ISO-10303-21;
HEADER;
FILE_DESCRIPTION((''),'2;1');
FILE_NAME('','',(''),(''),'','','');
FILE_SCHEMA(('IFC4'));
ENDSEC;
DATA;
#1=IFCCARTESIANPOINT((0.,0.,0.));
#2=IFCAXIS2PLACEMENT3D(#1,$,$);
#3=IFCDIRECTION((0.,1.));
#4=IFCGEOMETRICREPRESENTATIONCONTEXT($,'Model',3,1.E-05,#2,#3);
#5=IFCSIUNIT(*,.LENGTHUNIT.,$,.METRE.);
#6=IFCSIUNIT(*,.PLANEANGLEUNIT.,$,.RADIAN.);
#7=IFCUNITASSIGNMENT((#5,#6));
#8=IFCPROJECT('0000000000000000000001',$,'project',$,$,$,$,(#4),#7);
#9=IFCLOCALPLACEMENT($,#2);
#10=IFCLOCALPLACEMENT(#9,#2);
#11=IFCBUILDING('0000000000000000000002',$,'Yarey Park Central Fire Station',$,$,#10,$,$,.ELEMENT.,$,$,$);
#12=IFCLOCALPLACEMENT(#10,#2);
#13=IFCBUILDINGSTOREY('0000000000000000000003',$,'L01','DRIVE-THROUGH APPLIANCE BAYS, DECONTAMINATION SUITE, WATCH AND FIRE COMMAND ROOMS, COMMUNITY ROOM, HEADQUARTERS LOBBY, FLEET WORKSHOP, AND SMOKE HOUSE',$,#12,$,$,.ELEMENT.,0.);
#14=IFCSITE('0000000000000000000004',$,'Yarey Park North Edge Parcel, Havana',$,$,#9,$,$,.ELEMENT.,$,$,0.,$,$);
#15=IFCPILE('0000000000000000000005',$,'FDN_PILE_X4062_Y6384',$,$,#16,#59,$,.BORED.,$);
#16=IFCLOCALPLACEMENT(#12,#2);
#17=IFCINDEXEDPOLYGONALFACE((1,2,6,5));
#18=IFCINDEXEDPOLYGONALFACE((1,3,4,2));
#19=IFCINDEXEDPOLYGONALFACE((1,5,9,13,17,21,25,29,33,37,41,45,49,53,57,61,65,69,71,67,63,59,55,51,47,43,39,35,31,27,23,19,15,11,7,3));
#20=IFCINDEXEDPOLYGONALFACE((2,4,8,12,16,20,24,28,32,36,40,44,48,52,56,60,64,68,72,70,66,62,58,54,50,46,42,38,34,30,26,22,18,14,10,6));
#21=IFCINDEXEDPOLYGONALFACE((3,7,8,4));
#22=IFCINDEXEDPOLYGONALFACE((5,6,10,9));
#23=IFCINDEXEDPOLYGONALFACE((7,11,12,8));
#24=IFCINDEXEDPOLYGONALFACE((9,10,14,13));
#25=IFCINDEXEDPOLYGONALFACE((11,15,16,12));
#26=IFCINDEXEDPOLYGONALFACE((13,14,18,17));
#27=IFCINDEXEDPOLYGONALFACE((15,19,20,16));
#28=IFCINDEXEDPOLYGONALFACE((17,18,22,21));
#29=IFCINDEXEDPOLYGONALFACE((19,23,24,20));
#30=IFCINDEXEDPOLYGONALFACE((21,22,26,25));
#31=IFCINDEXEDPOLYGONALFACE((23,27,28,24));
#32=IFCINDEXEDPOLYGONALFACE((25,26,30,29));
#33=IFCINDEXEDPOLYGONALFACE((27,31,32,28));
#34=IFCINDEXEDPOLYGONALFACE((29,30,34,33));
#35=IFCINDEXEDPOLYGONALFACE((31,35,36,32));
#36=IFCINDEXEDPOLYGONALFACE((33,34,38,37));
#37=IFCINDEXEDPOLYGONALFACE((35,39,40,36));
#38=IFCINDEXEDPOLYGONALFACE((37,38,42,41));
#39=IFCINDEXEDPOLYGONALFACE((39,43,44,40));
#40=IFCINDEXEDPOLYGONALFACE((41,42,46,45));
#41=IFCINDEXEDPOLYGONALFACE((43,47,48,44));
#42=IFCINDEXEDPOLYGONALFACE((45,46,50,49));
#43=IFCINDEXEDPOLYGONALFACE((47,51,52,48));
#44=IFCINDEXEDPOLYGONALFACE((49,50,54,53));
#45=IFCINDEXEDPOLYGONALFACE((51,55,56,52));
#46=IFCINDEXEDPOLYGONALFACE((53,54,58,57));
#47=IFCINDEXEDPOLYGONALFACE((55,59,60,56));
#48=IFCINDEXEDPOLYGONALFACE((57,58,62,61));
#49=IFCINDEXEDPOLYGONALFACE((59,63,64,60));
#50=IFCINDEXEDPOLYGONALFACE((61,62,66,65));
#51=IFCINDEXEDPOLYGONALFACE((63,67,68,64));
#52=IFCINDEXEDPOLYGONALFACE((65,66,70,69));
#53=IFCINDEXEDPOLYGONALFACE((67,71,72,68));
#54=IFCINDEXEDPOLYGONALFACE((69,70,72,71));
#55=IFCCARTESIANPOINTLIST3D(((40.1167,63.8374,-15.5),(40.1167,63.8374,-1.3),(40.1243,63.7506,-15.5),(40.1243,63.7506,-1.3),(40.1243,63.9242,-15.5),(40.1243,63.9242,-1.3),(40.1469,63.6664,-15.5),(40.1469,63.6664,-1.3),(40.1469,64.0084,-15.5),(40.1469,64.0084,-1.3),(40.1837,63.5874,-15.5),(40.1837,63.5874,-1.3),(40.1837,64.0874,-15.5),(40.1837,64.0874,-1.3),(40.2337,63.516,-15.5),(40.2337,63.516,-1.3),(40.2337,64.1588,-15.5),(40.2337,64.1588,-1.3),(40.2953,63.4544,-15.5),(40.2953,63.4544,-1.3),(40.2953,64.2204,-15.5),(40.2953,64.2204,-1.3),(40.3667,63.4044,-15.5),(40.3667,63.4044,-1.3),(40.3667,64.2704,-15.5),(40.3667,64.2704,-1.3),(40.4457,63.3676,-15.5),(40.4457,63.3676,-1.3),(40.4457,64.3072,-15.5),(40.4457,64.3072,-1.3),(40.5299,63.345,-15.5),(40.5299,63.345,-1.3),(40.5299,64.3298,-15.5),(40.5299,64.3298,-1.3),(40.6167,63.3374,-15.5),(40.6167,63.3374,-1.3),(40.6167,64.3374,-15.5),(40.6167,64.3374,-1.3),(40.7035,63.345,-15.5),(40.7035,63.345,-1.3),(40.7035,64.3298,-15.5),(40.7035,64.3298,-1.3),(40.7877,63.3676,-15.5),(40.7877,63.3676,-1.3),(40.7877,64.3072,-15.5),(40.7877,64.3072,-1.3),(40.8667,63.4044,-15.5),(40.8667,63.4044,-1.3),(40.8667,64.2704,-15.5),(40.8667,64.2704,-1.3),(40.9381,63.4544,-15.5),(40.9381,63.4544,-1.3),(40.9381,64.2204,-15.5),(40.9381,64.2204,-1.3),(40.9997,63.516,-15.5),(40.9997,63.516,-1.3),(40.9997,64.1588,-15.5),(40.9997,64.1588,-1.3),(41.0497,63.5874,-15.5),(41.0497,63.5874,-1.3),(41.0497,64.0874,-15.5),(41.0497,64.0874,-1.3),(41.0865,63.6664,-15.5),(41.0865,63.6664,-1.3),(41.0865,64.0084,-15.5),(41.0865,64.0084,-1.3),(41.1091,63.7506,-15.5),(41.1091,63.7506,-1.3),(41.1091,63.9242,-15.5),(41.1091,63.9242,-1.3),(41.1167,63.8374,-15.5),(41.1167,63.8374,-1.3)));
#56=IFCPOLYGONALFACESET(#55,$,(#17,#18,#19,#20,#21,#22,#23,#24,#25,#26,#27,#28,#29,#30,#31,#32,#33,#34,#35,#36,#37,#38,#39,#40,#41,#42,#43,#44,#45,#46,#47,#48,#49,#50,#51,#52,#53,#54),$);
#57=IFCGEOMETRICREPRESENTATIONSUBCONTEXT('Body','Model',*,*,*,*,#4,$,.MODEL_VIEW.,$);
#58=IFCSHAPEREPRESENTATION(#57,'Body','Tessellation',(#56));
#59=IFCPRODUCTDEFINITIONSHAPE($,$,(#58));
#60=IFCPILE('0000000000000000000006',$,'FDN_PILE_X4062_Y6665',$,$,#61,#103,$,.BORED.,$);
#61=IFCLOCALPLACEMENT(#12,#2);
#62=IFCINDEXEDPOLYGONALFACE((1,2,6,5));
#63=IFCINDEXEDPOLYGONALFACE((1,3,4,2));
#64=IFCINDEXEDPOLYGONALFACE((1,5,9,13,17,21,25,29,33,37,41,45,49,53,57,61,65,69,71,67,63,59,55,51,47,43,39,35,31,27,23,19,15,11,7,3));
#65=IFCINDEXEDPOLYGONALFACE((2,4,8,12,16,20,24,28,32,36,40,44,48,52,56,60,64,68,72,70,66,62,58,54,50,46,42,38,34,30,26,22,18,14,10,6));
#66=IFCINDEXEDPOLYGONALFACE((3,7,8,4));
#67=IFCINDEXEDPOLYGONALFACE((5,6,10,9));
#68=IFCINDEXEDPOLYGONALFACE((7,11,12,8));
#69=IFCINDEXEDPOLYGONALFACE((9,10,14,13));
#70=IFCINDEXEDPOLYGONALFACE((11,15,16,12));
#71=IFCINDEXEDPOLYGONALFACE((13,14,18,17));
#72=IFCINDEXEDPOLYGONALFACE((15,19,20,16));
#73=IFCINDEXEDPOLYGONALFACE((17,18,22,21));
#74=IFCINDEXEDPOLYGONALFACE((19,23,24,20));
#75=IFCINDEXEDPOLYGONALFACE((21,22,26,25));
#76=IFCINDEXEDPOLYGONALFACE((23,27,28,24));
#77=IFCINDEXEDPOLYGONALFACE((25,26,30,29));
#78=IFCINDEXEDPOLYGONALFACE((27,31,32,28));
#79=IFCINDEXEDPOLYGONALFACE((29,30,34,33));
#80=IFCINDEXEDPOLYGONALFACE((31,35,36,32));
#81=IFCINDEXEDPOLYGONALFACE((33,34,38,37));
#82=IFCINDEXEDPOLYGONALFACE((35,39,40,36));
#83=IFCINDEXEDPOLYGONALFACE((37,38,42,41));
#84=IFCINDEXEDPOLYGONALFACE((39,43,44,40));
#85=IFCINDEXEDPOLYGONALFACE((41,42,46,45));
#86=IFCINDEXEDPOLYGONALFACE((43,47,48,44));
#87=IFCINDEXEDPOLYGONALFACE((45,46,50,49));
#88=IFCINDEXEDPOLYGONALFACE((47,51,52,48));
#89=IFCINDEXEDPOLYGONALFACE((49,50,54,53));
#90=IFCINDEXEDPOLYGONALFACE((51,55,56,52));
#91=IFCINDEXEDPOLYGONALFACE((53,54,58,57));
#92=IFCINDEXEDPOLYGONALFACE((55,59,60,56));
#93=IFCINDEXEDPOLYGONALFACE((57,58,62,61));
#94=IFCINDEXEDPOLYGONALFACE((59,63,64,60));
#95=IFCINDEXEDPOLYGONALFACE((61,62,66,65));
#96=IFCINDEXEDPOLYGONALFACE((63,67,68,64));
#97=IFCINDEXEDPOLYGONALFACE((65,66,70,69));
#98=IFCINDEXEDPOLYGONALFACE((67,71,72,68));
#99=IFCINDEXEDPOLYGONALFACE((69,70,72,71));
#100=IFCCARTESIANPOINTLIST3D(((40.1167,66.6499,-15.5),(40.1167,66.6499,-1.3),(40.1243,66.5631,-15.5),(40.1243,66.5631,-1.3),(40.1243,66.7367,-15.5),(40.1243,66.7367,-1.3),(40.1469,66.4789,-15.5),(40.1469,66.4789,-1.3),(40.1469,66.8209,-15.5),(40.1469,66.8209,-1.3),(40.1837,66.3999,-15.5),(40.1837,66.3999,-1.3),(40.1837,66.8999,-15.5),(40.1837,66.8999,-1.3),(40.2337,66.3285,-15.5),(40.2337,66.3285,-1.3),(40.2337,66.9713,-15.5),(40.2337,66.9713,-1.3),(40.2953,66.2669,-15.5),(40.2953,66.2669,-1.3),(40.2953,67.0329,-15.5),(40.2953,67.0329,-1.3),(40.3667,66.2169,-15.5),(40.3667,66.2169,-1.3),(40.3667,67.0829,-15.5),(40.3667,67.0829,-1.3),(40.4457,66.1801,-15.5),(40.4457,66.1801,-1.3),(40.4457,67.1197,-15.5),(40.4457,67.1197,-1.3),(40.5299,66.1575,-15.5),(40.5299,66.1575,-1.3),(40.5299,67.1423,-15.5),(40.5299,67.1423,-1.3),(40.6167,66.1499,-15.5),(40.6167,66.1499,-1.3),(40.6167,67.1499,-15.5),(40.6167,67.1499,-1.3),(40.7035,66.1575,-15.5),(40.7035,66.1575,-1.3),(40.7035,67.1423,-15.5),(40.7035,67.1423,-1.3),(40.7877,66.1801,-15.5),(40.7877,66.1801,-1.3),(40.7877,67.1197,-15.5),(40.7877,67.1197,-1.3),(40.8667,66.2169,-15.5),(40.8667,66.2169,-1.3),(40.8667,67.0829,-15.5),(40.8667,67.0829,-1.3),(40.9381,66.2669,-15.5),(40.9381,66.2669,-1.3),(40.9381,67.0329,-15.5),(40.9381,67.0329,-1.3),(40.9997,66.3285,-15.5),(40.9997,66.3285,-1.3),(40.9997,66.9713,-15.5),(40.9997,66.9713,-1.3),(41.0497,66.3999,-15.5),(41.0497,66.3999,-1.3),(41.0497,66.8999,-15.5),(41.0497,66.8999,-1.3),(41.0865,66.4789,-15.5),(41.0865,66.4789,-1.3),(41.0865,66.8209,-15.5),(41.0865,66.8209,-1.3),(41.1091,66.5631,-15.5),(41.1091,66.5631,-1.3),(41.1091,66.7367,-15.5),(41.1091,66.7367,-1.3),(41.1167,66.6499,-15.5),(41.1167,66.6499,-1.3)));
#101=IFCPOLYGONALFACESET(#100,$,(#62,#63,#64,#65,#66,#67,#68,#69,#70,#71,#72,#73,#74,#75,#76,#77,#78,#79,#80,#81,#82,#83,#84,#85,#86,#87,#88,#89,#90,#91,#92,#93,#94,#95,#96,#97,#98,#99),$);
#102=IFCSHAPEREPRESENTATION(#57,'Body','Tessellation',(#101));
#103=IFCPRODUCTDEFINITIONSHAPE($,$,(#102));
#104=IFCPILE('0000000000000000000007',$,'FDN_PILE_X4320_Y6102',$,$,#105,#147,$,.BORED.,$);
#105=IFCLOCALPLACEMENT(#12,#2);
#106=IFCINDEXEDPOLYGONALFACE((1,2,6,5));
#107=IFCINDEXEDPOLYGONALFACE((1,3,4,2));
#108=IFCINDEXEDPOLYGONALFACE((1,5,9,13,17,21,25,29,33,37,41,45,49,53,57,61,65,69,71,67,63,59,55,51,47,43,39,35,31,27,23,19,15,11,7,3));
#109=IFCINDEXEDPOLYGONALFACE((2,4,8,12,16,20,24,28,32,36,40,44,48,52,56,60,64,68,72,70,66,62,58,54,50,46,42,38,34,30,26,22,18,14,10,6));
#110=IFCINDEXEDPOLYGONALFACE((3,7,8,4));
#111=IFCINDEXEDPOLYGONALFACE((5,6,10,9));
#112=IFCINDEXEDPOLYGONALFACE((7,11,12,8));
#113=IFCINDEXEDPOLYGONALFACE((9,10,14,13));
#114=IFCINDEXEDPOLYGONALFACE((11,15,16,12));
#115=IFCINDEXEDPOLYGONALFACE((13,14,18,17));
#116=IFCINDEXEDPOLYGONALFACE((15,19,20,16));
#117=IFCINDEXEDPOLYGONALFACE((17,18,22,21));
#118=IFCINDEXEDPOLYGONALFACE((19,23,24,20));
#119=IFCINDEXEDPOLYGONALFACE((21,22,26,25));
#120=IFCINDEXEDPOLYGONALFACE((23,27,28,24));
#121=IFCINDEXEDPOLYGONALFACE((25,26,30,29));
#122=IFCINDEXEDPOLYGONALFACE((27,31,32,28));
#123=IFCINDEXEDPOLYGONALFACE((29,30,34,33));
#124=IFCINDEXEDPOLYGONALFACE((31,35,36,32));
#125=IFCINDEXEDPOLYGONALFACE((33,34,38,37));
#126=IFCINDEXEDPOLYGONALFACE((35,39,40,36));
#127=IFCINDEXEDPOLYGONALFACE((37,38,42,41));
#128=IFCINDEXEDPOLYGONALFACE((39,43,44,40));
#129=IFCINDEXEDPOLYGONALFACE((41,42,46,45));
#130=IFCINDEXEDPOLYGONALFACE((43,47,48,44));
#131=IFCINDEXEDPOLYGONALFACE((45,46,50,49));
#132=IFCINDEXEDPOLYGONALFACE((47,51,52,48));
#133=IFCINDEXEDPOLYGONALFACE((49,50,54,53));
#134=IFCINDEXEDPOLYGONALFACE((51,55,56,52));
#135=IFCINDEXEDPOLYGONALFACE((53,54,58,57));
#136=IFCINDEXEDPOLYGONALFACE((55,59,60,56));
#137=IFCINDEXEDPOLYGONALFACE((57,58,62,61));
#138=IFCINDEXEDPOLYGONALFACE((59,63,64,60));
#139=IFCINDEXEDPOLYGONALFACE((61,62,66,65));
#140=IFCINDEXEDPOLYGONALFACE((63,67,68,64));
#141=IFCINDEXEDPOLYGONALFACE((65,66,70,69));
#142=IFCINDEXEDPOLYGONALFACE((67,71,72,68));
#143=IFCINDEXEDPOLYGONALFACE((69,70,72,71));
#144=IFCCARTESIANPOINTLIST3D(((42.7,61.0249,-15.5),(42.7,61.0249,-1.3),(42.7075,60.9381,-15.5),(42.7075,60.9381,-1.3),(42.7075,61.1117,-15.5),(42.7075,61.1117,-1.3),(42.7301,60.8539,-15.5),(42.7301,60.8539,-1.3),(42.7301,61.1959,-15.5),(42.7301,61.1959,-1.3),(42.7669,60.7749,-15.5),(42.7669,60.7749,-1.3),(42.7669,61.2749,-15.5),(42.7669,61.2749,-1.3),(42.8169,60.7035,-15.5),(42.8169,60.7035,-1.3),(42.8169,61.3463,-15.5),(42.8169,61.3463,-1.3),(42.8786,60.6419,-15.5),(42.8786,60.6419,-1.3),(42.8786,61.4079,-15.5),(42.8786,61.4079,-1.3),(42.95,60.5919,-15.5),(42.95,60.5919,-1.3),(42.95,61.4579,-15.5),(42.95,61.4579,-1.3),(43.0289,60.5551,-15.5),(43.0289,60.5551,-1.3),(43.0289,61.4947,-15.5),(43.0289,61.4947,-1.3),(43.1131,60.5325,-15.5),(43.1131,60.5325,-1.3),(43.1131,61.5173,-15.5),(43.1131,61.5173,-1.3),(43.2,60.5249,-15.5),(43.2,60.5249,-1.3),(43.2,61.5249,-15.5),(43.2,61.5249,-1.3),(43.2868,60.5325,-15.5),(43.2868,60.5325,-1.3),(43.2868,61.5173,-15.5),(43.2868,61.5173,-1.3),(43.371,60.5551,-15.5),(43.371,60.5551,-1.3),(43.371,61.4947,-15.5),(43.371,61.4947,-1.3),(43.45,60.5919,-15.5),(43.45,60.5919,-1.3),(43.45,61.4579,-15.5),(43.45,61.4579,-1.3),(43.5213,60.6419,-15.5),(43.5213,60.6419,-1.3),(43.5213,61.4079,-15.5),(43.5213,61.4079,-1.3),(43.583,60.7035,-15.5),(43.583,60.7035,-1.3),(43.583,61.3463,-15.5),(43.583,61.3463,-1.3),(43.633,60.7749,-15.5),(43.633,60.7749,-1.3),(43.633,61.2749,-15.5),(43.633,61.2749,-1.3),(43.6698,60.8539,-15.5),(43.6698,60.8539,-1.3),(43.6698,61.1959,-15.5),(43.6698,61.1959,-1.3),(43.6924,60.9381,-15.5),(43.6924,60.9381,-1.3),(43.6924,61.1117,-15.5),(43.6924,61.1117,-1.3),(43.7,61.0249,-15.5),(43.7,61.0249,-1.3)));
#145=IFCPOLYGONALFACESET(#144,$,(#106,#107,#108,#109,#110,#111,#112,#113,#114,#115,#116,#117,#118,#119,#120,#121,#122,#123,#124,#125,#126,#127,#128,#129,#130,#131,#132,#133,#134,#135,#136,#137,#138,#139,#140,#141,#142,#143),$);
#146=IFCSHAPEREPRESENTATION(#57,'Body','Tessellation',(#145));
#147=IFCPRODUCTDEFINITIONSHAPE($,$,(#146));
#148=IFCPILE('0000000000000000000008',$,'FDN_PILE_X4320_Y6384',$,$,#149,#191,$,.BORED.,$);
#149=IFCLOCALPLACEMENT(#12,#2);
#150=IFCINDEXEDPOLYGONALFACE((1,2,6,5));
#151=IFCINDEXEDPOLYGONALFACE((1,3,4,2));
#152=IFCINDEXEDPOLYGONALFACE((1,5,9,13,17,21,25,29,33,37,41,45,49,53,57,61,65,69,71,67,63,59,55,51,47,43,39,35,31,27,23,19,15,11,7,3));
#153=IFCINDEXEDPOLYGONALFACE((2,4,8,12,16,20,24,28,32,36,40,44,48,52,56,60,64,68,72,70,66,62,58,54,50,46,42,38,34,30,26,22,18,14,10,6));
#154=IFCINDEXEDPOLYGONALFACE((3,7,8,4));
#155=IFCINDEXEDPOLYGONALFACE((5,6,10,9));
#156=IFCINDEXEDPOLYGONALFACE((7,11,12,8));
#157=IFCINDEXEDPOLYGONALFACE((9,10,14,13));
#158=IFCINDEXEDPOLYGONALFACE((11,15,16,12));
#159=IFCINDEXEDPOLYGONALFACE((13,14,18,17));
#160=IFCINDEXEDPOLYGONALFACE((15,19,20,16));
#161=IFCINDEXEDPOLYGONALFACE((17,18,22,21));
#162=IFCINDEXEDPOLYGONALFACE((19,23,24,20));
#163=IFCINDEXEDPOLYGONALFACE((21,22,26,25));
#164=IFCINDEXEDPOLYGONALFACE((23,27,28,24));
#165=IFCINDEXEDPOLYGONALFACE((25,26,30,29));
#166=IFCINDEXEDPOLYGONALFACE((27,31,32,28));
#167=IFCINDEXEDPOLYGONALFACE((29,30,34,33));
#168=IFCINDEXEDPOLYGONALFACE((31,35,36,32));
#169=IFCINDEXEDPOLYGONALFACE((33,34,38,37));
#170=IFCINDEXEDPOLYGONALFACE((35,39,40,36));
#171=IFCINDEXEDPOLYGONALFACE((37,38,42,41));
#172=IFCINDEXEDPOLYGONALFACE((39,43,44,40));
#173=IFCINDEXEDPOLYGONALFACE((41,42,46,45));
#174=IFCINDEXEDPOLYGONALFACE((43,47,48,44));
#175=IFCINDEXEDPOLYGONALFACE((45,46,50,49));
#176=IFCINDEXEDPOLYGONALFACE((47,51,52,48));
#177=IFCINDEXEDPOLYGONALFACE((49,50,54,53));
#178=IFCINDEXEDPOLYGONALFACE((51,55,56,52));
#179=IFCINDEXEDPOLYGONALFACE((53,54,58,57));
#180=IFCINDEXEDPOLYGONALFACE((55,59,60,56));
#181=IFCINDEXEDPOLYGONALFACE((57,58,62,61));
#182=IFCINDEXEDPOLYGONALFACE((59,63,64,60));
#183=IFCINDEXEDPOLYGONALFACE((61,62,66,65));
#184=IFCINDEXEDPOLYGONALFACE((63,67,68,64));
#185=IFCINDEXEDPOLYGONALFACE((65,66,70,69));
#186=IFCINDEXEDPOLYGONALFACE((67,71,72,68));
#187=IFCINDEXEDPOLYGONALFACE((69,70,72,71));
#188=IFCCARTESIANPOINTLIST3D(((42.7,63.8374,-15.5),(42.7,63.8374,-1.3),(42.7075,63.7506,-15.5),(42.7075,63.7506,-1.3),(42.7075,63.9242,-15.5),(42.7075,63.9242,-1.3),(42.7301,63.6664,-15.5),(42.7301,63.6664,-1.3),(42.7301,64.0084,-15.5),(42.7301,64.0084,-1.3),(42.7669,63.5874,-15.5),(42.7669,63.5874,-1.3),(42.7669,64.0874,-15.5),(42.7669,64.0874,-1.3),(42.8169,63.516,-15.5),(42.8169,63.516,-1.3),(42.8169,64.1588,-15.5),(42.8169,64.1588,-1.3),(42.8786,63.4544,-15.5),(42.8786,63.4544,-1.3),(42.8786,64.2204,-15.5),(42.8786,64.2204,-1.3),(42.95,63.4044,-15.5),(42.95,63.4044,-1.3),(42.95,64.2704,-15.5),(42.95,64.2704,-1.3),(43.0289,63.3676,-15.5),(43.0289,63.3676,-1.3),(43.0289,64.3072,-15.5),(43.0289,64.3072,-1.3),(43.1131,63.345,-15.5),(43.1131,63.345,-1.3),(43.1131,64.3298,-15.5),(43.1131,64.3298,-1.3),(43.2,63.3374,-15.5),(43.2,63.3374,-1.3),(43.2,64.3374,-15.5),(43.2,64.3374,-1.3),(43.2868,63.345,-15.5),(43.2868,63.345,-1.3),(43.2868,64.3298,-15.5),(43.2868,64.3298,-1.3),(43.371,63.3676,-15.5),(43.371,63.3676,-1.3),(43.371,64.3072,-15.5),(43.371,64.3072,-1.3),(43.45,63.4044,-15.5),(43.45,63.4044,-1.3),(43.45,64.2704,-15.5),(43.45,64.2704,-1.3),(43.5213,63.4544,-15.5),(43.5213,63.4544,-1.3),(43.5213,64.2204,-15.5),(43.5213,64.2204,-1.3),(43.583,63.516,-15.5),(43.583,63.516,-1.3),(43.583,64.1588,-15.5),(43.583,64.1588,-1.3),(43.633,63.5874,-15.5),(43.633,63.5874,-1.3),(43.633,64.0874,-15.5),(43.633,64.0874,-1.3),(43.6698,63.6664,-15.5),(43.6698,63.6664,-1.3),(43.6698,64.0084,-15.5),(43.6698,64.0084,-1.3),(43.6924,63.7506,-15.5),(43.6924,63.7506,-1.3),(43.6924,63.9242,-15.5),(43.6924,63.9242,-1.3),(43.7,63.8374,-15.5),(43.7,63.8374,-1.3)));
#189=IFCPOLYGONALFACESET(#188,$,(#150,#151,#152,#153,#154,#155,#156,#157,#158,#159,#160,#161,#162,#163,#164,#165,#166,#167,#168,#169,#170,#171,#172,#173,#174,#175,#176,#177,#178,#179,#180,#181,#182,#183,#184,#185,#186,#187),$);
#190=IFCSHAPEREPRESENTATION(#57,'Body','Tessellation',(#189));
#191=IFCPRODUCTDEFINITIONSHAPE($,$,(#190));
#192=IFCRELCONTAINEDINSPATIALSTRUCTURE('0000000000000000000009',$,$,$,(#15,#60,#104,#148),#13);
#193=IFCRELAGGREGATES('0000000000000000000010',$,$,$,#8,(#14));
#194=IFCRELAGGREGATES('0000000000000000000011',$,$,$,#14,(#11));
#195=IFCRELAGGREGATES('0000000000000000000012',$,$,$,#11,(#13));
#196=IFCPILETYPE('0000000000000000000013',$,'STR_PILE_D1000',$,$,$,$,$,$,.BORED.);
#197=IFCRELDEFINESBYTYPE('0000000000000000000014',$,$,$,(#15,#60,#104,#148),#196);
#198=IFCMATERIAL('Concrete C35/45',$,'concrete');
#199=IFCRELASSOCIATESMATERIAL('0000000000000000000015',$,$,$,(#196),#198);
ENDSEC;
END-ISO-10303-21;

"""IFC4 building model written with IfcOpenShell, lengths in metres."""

from ifc_helpers import new_model, si_unit, direction, frame, origin, origin_2d, place, context, subcontext, project, spatial, circle, extrude, material, material_profile, profile_set, type_object, element, save


model = new_model("IFC4")

# Units and contexts
model_context = context("Model", 3, precision=1e-05, world=origin(), true_north=direction((0.0, 1.0)))
body_context = subcontext(model_context, "Body", "Model", "MODEL_VIEW")
ifc_project = project(units=[si_unit("LENGTHUNIT", "METRE"), si_unit("PLANEANGLEUNIT", "RADIAN")], contexts=[model_context])

# Site, building, storey
site_placement = place(None, origin())
site = spatial("IfcSite", under=ifc_project, at=site_placement, Name="Yarey Park North Edge Parcel, Havana", CompositionType="ELEMENT", RefElevation=0.0)
building_placement = place(site_placement, origin())
building = spatial("IfcBuilding", under=site, at=building_placement, Name="Yarey Park Central Fire Station", CompositionType="ELEMENT")
storey_placement = place(building_placement, origin())
storey = spatial("IfcBuildingStorey", under=building, at=storey_placement, Name="L01", Description="DRIVE-THROUGH APPLIANCE BAYS, DECONTAMINATION SUITE, WATCH AND FIRE COMMAND ROOMS, COMMUNITY ROOM, HEADQUARTERS LOBBY, FLEET WORKSHOP, AND SMOKE HOUSE", CompositionType="ELEMENT", Elevation=0.0)

# Shared definitions
ifc_material_1 = material(Name="Concrete C35/45", Category="concrete")

# Piles
ifc_material_profile_1 = material_profile(ifc_material_1, circle(Radius=0.5, at=origin_2d()), Name="BORED PILE D1000")
ifc_profile_set_1 = profile_set([ifc_material_profile_1], Name="Concrete C35/45")
pile_type_1 = type_object("IfcPileType", Name="STR_PILE_D1000", PredefinedType="BORED", material=ifc_profile_set_1)
for number, where, z_axis, x_axis, name in (
    (1, (40.6167, 63.8374, -1.3), (0.0, 0.0, -1.0), (1.0, 0.0, 0.0), "FDN_PILE_X4062_Y6384"),
    (2, (40.6167, 66.6499, -1.3), (0.0, 0.0, -1.0), (1.0, 0.0, 0.0), "FDN_PILE_X4062_Y6665"),
    (3, (43.2, 61.0249, -1.3), (0.0, 0.0, -1.0), (1.0, 0.0, 0.0), "FDN_PILE_X4320_Y6102"),
    (4, (43.2, 63.8374, -1.3), (0.0, 0.0, -1.0), (1.0, 0.0, 0.0), "FDN_PILE_X4320_Y6384"),
):
    element("IfcPile", number, at=place(storey_placement, frame(where, z_axis=z_axis, x_axis=x_axis)), inside=storey, type_object=pile_type_1, Name=name, PredefinedType="BORED", context=body_context, shape_type="SweptSolid", body=[
        extrude(circle(Radius=0.5, at=origin_2d()), origin(), (0.0, 0.0, 1.0), 14.2),
    ])

save(model, "model.ifc")
